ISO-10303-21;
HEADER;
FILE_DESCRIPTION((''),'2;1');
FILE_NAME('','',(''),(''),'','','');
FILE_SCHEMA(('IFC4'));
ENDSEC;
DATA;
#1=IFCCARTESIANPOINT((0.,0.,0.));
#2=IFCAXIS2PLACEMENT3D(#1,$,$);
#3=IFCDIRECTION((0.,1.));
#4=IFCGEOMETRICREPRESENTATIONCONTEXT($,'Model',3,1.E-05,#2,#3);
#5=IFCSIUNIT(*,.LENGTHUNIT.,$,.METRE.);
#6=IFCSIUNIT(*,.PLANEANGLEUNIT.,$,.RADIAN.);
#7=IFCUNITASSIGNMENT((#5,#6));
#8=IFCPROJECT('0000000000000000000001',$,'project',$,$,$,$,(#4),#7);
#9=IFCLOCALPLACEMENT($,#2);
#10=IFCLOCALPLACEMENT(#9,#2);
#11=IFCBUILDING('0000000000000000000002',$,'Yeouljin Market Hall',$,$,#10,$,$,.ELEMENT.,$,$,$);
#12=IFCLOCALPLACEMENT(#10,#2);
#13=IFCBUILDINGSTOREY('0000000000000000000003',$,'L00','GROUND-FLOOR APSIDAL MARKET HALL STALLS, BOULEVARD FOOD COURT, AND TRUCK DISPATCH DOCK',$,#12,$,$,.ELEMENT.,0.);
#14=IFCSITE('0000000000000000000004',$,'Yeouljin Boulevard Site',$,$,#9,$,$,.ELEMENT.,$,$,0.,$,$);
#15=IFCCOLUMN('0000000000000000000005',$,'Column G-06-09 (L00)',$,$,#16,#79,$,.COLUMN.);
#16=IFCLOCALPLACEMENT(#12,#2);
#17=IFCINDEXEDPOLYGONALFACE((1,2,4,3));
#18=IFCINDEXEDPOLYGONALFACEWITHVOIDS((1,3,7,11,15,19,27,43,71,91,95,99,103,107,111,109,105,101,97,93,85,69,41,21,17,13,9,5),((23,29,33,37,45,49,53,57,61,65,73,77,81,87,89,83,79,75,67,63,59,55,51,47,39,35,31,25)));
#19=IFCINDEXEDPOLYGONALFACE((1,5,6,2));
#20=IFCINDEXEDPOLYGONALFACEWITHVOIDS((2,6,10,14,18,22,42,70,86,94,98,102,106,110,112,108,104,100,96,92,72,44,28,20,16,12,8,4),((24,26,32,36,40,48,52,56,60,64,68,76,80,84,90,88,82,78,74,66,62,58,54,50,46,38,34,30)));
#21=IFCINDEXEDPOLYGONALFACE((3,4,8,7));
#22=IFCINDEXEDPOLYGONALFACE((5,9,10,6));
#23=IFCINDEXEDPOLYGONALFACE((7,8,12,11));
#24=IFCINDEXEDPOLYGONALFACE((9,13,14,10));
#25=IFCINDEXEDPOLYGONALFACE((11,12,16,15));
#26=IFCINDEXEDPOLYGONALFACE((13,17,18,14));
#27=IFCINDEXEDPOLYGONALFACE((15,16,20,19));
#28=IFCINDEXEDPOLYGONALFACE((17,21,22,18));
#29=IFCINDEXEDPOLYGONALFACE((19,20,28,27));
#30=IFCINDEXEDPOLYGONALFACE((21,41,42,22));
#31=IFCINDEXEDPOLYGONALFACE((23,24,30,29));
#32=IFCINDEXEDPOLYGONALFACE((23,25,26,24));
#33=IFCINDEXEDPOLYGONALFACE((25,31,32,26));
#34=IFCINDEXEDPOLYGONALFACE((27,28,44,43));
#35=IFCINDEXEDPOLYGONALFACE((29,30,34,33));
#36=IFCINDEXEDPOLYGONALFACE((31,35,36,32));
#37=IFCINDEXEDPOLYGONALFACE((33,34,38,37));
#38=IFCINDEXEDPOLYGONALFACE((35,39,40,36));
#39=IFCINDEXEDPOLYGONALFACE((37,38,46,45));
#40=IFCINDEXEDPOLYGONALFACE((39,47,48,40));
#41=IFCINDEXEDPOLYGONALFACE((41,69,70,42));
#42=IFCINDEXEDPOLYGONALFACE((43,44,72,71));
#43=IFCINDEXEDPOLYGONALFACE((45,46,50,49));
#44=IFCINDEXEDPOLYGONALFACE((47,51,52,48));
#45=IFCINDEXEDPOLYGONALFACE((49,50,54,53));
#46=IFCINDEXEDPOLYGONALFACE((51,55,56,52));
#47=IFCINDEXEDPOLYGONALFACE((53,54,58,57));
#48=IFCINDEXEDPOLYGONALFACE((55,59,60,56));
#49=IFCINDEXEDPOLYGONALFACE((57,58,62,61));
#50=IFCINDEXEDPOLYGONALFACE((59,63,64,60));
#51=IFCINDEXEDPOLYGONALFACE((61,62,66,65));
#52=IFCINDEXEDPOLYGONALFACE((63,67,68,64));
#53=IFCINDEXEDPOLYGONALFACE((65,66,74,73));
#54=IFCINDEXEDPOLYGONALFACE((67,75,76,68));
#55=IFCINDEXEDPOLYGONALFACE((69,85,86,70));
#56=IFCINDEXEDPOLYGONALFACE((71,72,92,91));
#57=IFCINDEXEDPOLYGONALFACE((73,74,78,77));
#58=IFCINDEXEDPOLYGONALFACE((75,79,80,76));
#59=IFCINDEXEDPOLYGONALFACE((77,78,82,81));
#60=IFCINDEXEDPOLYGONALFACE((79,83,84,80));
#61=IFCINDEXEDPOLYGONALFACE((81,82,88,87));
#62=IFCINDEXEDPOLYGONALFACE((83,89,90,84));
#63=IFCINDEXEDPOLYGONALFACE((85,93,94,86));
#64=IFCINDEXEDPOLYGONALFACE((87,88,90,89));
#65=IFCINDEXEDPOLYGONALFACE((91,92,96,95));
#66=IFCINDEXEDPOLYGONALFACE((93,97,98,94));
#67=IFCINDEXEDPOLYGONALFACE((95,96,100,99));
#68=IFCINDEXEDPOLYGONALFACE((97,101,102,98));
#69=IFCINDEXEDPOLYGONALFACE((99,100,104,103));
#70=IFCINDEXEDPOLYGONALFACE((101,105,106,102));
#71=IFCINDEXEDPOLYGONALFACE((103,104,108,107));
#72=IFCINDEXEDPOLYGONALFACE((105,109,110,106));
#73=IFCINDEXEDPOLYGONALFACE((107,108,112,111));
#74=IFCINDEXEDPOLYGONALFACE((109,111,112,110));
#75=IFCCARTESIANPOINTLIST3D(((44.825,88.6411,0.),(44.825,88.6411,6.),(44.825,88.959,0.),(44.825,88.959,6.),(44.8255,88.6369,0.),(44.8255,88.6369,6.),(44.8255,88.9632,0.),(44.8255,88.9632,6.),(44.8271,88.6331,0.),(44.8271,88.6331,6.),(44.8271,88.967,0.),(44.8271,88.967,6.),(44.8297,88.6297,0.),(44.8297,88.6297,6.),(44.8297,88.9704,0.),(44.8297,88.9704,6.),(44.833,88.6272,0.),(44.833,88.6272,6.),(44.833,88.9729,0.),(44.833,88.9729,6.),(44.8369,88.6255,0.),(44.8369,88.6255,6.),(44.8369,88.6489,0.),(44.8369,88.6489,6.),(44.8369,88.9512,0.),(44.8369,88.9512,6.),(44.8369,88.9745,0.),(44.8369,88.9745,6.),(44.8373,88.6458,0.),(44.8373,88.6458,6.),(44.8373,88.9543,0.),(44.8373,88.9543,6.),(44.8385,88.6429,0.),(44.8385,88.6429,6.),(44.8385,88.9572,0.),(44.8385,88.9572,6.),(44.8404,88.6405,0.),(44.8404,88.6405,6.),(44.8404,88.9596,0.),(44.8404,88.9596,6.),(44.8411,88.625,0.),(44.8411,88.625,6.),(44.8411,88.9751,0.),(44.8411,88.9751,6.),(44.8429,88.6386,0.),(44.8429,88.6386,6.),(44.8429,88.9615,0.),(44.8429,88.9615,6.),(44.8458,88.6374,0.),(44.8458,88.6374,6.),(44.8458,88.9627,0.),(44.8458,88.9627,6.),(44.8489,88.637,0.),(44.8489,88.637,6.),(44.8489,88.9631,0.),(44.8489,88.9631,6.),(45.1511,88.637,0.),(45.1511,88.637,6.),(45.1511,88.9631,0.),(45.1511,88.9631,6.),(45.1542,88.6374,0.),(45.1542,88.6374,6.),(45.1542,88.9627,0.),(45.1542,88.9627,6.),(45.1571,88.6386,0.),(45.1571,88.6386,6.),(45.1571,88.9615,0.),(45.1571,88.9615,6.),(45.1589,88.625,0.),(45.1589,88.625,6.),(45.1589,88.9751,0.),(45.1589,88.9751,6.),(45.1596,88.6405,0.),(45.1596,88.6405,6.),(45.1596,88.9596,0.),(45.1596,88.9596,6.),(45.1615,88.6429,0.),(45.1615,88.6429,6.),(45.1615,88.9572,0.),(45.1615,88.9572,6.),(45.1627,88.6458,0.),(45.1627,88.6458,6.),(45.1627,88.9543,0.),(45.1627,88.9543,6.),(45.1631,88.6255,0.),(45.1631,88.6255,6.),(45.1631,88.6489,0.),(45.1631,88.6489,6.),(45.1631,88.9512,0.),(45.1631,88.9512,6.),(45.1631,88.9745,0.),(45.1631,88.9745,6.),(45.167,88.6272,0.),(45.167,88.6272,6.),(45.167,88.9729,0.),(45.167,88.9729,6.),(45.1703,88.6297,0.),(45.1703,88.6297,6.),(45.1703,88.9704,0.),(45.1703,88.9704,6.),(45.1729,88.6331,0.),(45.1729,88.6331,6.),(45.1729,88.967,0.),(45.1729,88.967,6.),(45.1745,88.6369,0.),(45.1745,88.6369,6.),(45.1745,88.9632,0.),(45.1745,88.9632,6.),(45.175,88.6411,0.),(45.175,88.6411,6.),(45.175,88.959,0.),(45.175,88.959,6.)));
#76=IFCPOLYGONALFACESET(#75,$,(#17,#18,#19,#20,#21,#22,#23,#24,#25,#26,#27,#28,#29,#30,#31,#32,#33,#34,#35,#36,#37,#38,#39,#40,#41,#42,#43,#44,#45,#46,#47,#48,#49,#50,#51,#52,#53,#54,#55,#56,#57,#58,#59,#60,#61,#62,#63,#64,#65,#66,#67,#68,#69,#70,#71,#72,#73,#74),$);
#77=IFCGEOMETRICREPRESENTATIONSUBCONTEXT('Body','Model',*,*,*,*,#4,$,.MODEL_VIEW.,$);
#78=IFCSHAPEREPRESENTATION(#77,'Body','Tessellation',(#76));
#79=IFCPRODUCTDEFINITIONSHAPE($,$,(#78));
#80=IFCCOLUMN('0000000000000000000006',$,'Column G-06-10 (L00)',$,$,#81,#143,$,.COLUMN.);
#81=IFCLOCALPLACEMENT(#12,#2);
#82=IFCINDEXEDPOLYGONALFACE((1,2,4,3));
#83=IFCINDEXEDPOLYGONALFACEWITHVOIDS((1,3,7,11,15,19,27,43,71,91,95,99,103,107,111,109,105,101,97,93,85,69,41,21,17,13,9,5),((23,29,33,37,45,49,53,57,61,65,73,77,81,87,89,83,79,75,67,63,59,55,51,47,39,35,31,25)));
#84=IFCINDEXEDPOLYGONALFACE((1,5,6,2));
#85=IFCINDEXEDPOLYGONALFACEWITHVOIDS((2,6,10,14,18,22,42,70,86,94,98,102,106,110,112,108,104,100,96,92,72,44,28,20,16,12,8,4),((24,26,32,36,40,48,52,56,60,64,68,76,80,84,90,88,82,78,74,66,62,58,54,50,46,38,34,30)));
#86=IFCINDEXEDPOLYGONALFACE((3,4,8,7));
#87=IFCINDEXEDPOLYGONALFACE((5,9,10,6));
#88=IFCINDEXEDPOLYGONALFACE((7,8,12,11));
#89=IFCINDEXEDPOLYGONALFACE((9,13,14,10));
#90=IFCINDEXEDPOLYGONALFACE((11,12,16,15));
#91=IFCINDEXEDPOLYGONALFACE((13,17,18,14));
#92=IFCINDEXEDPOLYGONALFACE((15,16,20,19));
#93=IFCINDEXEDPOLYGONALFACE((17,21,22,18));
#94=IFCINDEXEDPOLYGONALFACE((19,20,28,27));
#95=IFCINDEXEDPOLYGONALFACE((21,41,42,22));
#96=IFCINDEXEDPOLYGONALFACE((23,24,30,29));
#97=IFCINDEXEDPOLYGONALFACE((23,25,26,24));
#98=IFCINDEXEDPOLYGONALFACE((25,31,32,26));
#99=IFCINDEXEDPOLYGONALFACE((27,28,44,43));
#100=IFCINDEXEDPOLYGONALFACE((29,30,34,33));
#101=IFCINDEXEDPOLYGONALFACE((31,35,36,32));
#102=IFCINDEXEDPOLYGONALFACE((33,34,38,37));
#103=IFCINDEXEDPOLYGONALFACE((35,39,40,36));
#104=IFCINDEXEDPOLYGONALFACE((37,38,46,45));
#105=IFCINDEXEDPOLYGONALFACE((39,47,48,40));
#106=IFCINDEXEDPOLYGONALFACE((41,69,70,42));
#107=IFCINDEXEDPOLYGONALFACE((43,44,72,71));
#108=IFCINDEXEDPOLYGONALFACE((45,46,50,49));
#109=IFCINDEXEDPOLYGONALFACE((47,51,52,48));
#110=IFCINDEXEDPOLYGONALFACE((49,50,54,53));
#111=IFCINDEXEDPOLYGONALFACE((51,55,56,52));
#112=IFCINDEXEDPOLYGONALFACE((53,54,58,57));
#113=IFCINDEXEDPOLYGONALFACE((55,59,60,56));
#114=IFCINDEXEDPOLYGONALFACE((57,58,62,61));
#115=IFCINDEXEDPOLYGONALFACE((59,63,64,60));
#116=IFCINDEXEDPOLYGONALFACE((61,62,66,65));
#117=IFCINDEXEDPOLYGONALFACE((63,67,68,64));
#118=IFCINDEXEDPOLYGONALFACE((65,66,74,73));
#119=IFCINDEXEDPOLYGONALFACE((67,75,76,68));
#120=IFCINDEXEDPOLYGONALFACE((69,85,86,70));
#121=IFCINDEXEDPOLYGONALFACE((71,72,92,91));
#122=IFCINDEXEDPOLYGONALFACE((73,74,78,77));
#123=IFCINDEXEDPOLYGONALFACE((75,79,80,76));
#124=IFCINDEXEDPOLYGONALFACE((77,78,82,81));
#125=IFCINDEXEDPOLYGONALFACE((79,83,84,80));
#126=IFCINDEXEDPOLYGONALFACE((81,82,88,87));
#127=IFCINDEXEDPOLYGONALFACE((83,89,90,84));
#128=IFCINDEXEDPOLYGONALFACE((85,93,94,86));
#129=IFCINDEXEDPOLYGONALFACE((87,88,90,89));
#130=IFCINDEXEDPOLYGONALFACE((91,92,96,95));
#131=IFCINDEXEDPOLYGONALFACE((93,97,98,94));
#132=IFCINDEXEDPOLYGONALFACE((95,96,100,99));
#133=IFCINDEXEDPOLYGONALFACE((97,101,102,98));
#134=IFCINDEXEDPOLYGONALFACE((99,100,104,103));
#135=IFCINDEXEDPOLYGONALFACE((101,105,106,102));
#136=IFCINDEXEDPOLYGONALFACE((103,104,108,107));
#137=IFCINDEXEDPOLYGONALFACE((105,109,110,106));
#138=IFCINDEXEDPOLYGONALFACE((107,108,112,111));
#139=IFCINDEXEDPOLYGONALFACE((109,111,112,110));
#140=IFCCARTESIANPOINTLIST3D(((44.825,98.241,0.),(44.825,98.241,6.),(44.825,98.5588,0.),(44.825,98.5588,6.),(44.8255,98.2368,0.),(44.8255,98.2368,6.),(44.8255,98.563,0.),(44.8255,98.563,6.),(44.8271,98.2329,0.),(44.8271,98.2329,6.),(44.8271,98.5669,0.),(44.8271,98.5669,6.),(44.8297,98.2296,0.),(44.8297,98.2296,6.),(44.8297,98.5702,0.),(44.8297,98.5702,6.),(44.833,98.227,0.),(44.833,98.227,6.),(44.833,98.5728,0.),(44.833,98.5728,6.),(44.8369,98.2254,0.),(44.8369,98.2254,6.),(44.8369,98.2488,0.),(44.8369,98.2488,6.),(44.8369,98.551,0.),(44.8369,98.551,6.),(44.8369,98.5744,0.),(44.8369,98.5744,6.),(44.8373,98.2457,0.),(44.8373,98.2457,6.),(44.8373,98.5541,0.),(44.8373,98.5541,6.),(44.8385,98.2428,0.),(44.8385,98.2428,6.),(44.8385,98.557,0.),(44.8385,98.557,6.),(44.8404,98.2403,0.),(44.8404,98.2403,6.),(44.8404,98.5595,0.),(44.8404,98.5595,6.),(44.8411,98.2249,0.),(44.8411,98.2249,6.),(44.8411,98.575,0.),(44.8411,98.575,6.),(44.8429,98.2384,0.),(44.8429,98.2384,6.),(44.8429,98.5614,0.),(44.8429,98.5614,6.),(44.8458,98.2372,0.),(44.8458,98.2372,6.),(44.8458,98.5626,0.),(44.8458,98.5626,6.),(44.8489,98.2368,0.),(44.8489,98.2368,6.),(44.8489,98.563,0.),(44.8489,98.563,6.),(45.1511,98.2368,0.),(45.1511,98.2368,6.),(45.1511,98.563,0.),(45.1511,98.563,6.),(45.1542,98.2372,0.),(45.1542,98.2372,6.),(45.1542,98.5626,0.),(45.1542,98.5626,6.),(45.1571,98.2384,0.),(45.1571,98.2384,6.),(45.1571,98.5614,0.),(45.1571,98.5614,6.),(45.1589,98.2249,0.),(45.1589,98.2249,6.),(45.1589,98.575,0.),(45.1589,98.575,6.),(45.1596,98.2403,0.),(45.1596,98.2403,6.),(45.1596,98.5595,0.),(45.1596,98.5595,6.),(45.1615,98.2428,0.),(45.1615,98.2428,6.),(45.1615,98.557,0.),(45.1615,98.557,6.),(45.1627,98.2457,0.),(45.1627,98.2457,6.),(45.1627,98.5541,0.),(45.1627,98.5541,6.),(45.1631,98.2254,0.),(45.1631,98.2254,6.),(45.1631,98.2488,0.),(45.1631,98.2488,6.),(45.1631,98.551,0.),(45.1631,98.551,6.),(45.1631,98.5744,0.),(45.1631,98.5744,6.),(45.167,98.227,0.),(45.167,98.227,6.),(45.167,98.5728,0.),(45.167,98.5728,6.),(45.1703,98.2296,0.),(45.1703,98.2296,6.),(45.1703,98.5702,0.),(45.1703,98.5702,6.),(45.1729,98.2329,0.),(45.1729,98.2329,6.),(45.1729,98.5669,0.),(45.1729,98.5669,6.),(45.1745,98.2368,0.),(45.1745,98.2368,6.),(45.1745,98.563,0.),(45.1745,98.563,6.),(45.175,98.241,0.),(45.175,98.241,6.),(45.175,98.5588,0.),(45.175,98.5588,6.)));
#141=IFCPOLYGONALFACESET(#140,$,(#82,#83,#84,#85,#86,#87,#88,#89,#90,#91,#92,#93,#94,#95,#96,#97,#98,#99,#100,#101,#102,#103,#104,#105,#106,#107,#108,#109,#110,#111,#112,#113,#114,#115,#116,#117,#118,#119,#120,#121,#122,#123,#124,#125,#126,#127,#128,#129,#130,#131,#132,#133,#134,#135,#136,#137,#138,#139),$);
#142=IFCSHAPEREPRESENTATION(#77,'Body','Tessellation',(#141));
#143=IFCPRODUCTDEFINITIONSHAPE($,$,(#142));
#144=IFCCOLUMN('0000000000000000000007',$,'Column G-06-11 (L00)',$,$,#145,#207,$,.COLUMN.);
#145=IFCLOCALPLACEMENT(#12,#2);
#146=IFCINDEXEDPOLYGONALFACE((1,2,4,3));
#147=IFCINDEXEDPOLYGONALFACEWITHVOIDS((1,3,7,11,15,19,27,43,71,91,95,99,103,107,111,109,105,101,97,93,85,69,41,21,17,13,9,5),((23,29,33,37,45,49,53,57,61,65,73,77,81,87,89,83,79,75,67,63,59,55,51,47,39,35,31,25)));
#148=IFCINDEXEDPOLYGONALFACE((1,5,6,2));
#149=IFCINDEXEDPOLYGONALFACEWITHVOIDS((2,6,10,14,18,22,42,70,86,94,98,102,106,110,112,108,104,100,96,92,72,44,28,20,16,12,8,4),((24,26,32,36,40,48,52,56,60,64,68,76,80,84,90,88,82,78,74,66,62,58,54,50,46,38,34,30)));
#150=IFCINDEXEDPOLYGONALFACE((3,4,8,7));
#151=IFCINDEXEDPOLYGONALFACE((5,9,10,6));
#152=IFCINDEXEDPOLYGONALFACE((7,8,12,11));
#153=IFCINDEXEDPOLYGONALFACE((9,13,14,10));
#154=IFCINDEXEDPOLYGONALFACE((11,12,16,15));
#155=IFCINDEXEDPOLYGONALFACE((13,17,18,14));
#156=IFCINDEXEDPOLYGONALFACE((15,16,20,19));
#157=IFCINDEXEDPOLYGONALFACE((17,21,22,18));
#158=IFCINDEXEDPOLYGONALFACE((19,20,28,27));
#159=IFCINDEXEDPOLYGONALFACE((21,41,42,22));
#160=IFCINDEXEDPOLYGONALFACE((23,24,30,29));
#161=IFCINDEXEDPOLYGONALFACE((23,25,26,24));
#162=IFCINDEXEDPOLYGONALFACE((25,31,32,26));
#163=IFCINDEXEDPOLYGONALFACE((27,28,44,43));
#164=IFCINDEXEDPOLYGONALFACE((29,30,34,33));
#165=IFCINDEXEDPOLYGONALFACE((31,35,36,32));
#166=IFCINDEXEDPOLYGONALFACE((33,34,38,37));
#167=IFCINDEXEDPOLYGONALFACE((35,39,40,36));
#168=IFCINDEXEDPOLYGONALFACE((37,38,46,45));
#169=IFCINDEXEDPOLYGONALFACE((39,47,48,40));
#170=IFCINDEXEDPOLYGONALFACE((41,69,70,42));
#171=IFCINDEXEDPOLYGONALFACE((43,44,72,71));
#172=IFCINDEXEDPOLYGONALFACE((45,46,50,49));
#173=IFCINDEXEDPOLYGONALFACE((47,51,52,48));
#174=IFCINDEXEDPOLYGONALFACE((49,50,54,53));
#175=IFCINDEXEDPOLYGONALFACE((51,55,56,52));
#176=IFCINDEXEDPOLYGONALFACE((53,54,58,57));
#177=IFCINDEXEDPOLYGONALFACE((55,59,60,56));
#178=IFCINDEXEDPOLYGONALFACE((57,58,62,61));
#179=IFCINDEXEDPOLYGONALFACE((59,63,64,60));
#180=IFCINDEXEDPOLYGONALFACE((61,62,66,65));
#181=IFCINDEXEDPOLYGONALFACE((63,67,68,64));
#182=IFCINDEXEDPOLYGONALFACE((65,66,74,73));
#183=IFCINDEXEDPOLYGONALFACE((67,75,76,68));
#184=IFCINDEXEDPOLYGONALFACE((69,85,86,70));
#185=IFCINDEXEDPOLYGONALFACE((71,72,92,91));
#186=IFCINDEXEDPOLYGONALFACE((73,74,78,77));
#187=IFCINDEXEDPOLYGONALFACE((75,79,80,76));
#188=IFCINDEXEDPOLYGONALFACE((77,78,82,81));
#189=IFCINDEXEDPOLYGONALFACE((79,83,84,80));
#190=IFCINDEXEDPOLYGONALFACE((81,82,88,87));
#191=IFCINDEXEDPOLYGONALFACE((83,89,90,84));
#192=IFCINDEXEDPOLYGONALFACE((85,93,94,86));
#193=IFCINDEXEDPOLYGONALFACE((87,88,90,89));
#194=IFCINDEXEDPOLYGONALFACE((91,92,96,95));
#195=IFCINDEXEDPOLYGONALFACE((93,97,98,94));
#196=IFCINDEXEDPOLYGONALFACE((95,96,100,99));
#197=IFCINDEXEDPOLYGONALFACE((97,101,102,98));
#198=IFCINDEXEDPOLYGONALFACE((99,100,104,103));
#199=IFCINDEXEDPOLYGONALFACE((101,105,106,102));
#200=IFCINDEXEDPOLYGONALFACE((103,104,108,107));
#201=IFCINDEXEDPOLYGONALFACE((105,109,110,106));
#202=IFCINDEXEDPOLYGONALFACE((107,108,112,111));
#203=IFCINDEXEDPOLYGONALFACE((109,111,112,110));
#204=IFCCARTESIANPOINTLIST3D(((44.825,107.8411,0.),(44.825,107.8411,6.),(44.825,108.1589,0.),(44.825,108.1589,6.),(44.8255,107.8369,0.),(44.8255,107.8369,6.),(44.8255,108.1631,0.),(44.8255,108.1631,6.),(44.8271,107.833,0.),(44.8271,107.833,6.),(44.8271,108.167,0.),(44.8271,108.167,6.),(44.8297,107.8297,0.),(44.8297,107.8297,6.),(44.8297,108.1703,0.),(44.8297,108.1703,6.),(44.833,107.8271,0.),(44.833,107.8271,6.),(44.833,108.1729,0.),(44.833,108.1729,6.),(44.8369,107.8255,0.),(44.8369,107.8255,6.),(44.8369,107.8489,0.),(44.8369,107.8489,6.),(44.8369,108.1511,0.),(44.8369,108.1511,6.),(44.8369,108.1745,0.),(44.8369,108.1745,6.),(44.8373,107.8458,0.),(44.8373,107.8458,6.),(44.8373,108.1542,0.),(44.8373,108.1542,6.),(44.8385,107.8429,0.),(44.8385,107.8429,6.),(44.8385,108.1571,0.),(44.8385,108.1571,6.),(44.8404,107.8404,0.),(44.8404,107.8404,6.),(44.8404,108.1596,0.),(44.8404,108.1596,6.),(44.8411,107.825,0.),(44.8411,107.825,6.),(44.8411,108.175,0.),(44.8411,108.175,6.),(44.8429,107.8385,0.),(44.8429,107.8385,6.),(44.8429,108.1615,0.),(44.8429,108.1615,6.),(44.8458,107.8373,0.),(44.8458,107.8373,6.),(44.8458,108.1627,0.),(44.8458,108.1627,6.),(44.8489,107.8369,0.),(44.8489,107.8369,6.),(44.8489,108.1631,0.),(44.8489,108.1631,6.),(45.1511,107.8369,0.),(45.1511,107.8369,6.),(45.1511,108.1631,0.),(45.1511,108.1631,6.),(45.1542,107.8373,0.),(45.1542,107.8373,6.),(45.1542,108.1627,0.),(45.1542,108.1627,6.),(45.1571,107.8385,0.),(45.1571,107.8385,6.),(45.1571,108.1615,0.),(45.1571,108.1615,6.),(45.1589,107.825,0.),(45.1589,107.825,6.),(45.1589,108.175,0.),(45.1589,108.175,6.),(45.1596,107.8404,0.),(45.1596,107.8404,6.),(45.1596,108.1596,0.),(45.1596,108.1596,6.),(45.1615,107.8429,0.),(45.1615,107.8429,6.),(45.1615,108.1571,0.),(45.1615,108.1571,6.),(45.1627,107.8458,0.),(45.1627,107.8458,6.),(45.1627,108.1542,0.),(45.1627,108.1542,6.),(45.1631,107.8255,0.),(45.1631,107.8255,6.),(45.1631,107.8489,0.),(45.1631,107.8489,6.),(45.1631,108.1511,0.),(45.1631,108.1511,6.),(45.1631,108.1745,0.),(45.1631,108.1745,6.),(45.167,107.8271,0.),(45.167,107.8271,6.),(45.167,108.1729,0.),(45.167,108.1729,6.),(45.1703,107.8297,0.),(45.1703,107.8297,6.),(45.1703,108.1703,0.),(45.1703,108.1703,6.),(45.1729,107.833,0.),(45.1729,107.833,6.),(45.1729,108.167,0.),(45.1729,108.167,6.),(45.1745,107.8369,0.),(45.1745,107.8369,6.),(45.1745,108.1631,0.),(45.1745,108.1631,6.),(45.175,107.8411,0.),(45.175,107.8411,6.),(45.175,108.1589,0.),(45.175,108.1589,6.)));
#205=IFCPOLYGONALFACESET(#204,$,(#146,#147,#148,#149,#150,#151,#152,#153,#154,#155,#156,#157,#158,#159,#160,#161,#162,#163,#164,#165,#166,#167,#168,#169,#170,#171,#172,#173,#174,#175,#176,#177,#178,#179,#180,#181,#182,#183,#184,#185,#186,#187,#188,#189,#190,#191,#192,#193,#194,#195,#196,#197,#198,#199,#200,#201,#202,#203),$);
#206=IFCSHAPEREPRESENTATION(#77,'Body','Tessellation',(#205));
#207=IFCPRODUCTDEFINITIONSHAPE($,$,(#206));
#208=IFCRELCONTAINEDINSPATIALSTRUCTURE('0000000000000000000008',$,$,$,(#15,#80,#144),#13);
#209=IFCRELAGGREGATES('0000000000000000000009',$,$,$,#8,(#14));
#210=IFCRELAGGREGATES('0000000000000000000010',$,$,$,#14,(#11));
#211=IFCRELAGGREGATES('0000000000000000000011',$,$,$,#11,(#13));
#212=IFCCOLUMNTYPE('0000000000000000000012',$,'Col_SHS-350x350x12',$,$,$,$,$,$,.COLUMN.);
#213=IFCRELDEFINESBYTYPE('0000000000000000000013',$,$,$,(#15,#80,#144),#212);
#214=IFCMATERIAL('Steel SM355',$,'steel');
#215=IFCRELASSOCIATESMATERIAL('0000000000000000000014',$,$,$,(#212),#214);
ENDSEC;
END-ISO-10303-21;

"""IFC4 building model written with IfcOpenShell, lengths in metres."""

from ifc_helpers import new_model, si_unit, direction, frame, origin, origin_2d, place, context, subcontext, project, spatial, hollow_rectangle, extrude, material, material_profile, profile_set, type_object, element, save


model = new_model("IFC4")

# Units and contexts
model_context = context("Model", 3, precision=1e-05, world=origin(), true_north=direction((0.0, 1.0)))
body_context = subcontext(model_context, "Body", "Model", "MODEL_VIEW")
ifc_project = project(units=[si_unit("LENGTHUNIT", "METRE"), si_unit("PLANEANGLEUNIT", "RADIAN")], contexts=[model_context])

# Site, building, storey
site_placement = place(None, origin())
site = spatial("IfcSite", under=ifc_project, at=site_placement, Name="Yeouljin Boulevard Site", CompositionType="ELEMENT", RefElevation=0.0)
building_placement = place(site_placement, origin())
building = spatial("IfcBuilding", under=site, at=building_placement, Name="Yeouljin Market Hall", CompositionType="ELEMENT")
storey_placement = place(building_placement, origin())
storey = spatial("IfcBuildingStorey", under=building, at=storey_placement, Name="L00", Description="GROUND-FLOOR APSIDAL MARKET HALL STALLS, BOULEVARD FOOD COURT, AND TRUCK DISPATCH DOCK", CompositionType="ELEMENT", Elevation=0.0)

# Columns
ifc_material_1 = material(Name="Steel SM355", Category="steel")
ifc_material_profile_1 = material_profile(ifc_material_1, hollow_rectangle(XDim=0.3501, YDim=0.3501, WallThickness=0.012, InnerFilletRadius=0.012, OuterFilletRadius=0.0161, at=origin_2d()), Name="SHS-350x350x12")
ifc_profile_set_1 = profile_set([ifc_material_profile_1], Name="Steel SM355")
column_type_1 = type_object("IfcColumnType", Name="Col_SHS-350x350x12", PredefinedType="COLUMN", material=ifc_profile_set_1)
for number, where, z_axis, x_axis, name in (
    (1, (45.0, 88.8, 0.0), (0.0, 0.0, 1.0), (1.0, 0.0, 0.0), "Column G-06-09 (L00)"),
    (2, (45.0, 98.3999, 0.0), (0.0, 0.0, 1.0), (1.0, 0.0, 0.0), "Column G-06-10 (L00)"),
    (3, (45.0, 108.0, 0.0), (0.0, 0.0, 1.0), (1.0, 0.0, 0.0), "Column G-06-11 (L00)"),
):
    element("IfcColumn", number, at=place(storey_placement, frame(where, z_axis=z_axis, x_axis=x_axis)), inside=storey, type_object=column_type_1, Name=name, PredefinedType="COLUMN", context=body_context, shape_type="SweptSolid", body=[
        extrude(hollow_rectangle(XDim=0.3501, YDim=0.3501, WallThickness=0.012, InnerFilletRadius=0.012, OuterFilletRadius=0.0161, at=origin_2d()), origin(), (0.0, 0.0, 1.0), 6.0),
    ])

save(model, "model.ifc")
